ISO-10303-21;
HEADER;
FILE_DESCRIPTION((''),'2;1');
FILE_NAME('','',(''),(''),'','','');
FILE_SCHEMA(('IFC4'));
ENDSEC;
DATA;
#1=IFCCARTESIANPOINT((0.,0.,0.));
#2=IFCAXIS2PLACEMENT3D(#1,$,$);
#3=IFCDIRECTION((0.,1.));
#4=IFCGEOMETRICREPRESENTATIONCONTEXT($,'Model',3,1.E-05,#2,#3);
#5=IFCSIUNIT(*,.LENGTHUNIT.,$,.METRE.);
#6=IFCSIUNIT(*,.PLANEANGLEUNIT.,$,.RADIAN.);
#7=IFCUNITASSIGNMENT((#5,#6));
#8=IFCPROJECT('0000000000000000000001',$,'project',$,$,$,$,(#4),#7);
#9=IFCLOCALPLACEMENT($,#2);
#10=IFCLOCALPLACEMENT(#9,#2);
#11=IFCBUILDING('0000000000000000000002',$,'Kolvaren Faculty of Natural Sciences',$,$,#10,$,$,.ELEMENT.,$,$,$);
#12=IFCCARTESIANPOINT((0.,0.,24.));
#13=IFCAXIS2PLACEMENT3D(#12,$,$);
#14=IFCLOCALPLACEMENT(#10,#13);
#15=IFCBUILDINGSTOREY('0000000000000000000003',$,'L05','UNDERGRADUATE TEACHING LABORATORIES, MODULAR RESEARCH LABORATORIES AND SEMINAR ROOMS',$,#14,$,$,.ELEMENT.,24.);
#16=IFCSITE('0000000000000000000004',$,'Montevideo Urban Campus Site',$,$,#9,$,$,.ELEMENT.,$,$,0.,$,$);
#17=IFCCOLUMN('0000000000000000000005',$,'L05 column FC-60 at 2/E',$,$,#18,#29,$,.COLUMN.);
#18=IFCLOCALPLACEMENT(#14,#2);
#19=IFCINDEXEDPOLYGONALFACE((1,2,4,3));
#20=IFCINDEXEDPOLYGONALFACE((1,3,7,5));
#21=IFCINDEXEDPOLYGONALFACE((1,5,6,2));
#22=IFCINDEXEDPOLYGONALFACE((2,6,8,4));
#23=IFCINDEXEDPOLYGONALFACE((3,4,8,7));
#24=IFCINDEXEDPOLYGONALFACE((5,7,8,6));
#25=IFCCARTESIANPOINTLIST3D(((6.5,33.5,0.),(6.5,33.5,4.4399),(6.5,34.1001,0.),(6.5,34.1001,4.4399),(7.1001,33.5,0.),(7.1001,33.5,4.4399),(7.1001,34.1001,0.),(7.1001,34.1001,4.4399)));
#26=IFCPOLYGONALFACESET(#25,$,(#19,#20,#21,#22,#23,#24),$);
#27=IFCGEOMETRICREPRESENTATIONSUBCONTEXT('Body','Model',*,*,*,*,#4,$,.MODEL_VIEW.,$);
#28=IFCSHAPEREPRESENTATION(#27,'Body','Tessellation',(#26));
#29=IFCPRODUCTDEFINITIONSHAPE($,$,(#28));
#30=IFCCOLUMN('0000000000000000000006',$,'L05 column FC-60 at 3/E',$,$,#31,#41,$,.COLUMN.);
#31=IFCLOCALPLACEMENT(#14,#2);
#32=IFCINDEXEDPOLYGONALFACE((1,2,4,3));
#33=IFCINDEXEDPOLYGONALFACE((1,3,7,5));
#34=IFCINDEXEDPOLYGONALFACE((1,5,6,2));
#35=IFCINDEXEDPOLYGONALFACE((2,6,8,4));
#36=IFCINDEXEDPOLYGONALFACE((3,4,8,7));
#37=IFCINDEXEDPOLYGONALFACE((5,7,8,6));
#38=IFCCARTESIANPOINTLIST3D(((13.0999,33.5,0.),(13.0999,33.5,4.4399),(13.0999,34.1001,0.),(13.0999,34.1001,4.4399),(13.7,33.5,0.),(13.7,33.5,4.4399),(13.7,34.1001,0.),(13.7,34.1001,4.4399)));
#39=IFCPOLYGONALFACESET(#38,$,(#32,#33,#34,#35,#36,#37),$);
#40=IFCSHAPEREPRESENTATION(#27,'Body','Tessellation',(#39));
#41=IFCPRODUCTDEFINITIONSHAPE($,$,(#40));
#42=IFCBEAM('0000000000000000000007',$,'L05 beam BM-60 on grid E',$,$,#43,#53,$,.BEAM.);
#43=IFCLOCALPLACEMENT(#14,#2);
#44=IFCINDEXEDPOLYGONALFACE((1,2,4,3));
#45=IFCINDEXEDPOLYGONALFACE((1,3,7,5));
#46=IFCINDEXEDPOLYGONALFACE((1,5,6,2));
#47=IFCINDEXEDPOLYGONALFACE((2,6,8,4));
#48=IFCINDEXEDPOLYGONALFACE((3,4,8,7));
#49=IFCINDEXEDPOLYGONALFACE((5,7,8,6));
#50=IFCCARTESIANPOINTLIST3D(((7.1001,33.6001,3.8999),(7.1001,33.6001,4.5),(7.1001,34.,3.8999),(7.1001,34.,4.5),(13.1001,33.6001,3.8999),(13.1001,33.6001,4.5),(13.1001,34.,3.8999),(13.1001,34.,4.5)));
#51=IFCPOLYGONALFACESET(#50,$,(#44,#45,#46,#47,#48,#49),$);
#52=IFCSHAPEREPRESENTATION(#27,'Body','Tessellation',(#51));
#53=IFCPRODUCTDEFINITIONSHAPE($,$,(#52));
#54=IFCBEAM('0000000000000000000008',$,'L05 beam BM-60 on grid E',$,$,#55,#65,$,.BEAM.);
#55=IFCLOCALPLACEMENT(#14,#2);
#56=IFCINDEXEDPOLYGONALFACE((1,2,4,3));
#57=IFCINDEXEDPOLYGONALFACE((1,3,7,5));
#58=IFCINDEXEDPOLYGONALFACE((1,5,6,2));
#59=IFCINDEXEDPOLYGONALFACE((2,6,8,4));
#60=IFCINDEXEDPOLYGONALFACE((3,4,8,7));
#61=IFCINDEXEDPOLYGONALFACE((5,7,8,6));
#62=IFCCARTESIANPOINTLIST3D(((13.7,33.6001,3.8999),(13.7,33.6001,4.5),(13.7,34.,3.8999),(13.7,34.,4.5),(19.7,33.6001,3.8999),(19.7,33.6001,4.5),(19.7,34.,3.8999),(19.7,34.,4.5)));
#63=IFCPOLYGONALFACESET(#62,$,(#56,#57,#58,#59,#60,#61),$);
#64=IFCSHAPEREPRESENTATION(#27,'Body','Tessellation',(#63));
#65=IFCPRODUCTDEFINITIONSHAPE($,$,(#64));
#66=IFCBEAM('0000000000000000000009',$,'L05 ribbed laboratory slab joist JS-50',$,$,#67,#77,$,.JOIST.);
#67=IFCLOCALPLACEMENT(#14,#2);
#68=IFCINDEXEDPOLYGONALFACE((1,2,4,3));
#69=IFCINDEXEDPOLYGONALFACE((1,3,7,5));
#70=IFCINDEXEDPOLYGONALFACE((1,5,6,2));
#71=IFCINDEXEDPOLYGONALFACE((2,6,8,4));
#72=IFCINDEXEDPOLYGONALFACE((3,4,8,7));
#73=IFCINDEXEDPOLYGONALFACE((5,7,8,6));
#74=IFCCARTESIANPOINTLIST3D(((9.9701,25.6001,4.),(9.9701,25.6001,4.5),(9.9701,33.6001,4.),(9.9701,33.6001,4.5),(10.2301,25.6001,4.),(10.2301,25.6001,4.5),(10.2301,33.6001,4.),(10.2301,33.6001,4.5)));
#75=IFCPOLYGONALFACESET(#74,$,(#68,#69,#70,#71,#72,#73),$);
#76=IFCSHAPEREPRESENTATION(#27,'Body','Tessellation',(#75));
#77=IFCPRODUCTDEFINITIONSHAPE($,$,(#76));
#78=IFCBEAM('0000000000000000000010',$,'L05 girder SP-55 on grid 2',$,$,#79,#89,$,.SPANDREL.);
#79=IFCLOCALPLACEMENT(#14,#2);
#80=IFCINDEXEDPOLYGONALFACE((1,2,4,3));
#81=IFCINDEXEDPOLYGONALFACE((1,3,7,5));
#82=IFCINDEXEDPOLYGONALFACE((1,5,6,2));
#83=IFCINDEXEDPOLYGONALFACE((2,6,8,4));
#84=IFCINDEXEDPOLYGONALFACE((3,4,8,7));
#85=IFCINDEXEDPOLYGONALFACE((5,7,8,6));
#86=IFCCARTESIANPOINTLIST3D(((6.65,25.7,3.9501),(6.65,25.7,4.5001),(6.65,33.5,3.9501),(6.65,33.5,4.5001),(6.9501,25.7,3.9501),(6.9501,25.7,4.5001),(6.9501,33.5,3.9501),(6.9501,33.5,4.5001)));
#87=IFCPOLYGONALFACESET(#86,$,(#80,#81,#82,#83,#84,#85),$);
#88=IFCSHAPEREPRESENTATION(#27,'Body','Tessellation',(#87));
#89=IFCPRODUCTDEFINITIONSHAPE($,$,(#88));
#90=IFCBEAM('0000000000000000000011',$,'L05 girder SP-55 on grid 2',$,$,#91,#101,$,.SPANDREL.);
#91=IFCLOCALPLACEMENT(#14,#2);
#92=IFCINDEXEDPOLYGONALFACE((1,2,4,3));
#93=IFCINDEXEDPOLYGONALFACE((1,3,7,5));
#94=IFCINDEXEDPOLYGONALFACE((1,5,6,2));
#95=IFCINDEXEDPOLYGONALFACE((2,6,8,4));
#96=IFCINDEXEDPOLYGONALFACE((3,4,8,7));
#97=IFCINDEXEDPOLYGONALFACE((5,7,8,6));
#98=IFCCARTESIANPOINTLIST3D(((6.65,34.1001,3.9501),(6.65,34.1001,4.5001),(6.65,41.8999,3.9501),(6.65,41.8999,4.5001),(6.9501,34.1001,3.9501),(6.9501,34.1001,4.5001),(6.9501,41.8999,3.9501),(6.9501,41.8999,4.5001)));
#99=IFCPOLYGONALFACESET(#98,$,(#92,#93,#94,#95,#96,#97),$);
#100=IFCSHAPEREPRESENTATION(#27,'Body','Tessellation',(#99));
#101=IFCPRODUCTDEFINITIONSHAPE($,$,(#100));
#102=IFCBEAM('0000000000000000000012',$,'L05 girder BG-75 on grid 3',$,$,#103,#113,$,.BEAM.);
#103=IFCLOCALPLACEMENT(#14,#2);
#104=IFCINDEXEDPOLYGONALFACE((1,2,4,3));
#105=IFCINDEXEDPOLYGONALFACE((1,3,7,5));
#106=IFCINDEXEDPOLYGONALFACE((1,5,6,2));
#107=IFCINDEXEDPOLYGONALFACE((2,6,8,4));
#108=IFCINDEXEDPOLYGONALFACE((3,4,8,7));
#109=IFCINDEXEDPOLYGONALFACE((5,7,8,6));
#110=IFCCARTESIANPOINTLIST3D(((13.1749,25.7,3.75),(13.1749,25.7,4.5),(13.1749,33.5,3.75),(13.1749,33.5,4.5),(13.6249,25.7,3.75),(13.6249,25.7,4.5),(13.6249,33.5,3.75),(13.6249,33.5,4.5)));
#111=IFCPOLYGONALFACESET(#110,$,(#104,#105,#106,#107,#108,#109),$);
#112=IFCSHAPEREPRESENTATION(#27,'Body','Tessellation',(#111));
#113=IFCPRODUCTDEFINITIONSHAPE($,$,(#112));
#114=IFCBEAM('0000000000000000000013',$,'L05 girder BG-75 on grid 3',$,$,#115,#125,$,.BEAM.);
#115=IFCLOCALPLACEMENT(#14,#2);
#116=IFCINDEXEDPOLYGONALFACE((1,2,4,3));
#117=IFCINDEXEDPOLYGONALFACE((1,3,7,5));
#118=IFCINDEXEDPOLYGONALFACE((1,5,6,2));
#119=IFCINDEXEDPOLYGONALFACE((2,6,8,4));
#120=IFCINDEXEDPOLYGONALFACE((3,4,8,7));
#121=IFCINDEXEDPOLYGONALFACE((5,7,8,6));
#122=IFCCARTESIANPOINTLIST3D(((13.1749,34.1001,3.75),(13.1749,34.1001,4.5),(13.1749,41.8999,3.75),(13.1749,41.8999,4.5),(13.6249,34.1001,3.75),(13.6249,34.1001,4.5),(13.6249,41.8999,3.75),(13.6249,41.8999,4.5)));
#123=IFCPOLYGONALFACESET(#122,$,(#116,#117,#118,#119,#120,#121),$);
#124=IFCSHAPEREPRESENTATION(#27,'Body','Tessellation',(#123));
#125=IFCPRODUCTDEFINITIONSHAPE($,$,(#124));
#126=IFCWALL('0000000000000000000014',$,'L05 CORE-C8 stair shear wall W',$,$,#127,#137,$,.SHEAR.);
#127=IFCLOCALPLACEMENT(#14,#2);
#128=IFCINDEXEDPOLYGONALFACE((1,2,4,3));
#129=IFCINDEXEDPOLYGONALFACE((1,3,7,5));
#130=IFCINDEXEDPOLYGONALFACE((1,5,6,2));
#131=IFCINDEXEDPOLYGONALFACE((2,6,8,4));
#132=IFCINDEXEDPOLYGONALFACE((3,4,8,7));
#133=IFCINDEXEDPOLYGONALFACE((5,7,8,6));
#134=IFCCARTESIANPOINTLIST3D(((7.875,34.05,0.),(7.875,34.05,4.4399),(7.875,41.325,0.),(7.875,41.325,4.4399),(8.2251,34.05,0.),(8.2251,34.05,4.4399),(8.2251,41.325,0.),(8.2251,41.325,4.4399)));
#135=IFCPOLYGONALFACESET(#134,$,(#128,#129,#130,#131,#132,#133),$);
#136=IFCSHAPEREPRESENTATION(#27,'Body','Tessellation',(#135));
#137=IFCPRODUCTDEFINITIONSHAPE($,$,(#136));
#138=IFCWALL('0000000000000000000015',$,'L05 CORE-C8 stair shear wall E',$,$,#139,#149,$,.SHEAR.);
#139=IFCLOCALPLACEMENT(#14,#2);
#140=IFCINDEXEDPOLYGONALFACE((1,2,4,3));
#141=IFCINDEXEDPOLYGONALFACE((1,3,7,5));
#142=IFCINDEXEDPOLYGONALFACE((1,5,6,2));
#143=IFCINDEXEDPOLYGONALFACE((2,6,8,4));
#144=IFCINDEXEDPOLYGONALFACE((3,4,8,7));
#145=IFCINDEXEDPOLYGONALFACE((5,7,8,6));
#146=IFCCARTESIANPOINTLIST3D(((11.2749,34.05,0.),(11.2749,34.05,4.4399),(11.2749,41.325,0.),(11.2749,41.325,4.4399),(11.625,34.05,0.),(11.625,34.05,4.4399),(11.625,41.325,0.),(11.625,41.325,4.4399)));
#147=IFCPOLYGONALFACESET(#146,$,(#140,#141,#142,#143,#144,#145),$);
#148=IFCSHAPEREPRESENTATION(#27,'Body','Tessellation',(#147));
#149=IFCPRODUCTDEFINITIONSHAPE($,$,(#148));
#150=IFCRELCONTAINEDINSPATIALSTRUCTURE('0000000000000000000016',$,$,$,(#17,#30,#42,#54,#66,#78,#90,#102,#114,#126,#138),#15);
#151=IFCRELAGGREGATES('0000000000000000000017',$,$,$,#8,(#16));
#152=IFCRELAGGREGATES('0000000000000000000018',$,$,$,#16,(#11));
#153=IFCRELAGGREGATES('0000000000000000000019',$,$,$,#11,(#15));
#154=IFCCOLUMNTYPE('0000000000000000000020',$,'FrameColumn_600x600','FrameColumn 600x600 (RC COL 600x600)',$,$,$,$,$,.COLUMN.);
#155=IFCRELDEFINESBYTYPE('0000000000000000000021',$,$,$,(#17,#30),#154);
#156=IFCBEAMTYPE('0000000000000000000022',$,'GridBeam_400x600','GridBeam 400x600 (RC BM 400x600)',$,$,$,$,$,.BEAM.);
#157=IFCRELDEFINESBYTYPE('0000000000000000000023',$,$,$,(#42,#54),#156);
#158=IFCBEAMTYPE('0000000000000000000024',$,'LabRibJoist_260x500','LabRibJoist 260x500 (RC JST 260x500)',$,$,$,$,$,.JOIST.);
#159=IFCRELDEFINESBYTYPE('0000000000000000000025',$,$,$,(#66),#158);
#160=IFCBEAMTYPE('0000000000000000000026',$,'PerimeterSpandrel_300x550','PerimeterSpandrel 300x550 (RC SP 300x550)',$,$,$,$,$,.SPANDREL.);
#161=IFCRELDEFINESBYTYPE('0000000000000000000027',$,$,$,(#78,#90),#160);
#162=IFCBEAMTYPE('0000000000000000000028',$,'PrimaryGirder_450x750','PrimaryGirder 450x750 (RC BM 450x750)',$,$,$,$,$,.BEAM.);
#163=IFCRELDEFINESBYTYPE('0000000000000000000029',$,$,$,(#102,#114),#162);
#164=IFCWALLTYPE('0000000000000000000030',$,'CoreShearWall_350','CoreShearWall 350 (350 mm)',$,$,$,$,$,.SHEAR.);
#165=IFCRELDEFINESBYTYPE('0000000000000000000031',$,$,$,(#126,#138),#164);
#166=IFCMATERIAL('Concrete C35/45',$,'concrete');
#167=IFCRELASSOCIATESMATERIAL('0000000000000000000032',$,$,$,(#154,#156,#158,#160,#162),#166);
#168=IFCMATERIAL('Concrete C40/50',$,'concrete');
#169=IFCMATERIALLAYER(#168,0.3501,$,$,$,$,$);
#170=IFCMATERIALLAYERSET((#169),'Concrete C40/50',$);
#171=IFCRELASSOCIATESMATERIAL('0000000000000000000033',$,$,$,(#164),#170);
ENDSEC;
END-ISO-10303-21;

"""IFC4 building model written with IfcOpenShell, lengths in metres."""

from ifc_helpers import new_model, si_unit, direction, frame, frame_2d, origin, origin_2d, place, context, subcontext, project, spatial, rectangle, extrude, material, layer, layer_set, material_profile, profile_set, type_object, element, save


model = new_model("IFC4")

# Units and contexts
model_context = context("Model", 3, precision=1e-05, world=origin(), true_north=direction((0.0, 1.0)))
body_context = subcontext(model_context, "Body", "Model", "MODEL_VIEW")
ifc_project = project(units=[si_unit("LENGTHUNIT", "METRE"), si_unit("PLANEANGLEUNIT", "RADIAN")], contexts=[model_context])

# Site, building, storey
site_placement = place(None, origin())
site = spatial("IfcSite", under=ifc_project, at=site_placement, Name="Montevideo Urban Campus Site", CompositionType="ELEMENT", RefElevation=0.0)
building_placement = place(site_placement, origin())
building = spatial("IfcBuilding", under=site, at=building_placement, Name="Kolvaren Faculty of Natural Sciences", CompositionType="ELEMENT")
storey_placement = place(building_placement, frame((0.0, 0.0, 24.0)))
storey = spatial("IfcBuildingStorey", under=building, at=storey_placement, Name="L05", Description="UNDERGRADUATE TEACHING LABORATORIES, MODULAR RESEARCH LABORATORIES AND SEMINAR ROOMS", CompositionType="ELEMENT", Elevation=24.0)

# Columns
ifc_material_1 = material(Name="Concrete C35/45", Category="concrete")
ifc_material_profile_1 = material_profile(ifc_material_1, rectangle(XDim=0.6001, YDim=0.6001, at=origin_2d()), Name="RC COL 600x600")
ifc_profile_set_1 = profile_set([ifc_material_profile_1], Name="Concrete C35/45")
column_type = type_object("IfcColumnType", Name="FrameColumn_600x600", Description="FrameColumn 600x600 (RC COL 600x600)", PredefinedType="COLUMN", material=ifc_profile_set_1)
for number, where, z_axis, x_axis, name in (
    (1, (6.8, 33.8, 0.0), (0.0, 0.0, 1.0), (1.0, 0.0, 0.0), "L05 column FC-60 at 2/E"),
    (2, (13.3999, 33.8, 0.0), (0.0, 0.0, 1.0), (1.0, 0.0, 0.0), "L05 column FC-60 at 3/E"),
):
    element("IfcColumn", number, at=place(storey_placement, frame(where, z_axis=z_axis, x_axis=x_axis)), inside=storey, type_object=column_type, Name=name, PredefinedType="COLUMN", context=body_context, shape_type="SweptSolid", body=[
        extrude(rectangle(XDim=0.6001, YDim=0.6001, at=origin_2d()), origin(), (0.0, 0.0, 1.0), 4.4399),
    ])

# Beams
ifc_material_profile_2 = material_profile(ifc_material_1, rectangle(XDim=0.3999, YDim=0.6001, at=origin_2d()), Name="RC BM 400x600")
ifc_profile_set_2 = profile_set([ifc_material_profile_2], Name="Concrete C35/45")
beam_type_1 = type_object("IfcBeamType", Name="GridBeam_400x600", Description="GridBeam 400x600 (RC BM 400x600)", PredefinedType="BEAM", material=ifc_profile_set_2)
for number, where, z_axis, x_axis, name in (
    (3, (7.1001, 33.8, 4.2), (1.0, 0.0, 0.0), (0.0, 1.0, 0.0), "L05 beam BM-60 on grid E"),
    (4, (13.7, 33.8, 4.2), (1.0, 0.0, 0.0), (0.0, 1.0, 0.0), "L05 beam BM-60 on grid E"),
):
    element("IfcBeam", number, at=place(storey_placement, frame(where, z_axis=z_axis, x_axis=x_axis)), inside=storey, type_object=beam_type_1, Name=name, PredefinedType="BEAM", context=body_context, shape_type="SweptSolid", body=[
        extrude(rectangle(XDim=0.3999, YDim=0.6001, at=origin_2d()), origin(), (0.0, 0.0, 1.0), 6.0),
    ])
ifc_material_profile_3 = material_profile(ifc_material_1, rectangle(XDim=0.26, YDim=0.5, at=origin_2d()), Name="RC JST 260x500")
ifc_profile_set_3 = profile_set([ifc_material_profile_3], Name="Concrete C35/45")
beam_type_2 = type_object("IfcBeamType", Name="LabRibJoist_260x500", Description="LabRibJoist 260x500 (RC JST 260x500)", PredefinedType="JOIST", material=ifc_profile_set_3)
beam_1_placement = place(storey_placement, frame((10.1001, 25.6001, 4.25), z_axis=(0.0, 1.0, 0.0), x_axis=(-1.0, 0.0, 0.0)))
element("IfcBeam", 5, at=beam_1_placement, inside=storey, type_object=beam_type_2, Name="L05 ribbed laboratory slab joist JS-50", PredefinedType="JOIST", context=body_context, shape_type="SweptSolid", body=[
    extrude(rectangle(XDim=0.26, YDim=0.5, at=origin_2d()), origin(), (0.0, 0.0, 1.0), 8.0),
])
ifc_material_profile_4 = material_profile(ifc_material_1, rectangle(XDim=0.3, YDim=0.55, at=origin_2d()), Name="RC SP 300x550")
ifc_profile_set_4 = profile_set([ifc_material_profile_4], Name="Concrete C35/45")
beam_type_3 = type_object("IfcBeamType", Name="PerimeterSpandrel_300x550", Description="PerimeterSpandrel 300x550 (RC SP 300x550)", PredefinedType="SPANDREL", material=ifc_profile_set_4)
beam_2_placement = place(storey_placement, frame((6.8, 25.7, 4.2251), z_axis=(0.0, 1.0, 0.0), x_axis=(-1.0, 0.0, 0.0)))
element("IfcBeam", 6, at=beam_2_placement, inside=storey, type_object=beam_type_3, Name="L05 girder SP-55 on grid 2", PredefinedType="SPANDREL", context=body_context, shape_type="SweptSolid", body=[
    extrude(rectangle(XDim=0.3, YDim=0.55, at=origin_2d()), origin(), (0.0, 0.0, 1.0), 7.8),
])
beam_3_placement = place(storey_placement, frame((6.8, 34.1001, 4.2251), z_axis=(0.0, 1.0, 0.0), x_axis=(-1.0, 0.0, 0.0)))
element("IfcBeam", 7, at=beam_3_placement, inside=storey, type_object=beam_type_3, Name="L05 girder SP-55 on grid 2", PredefinedType="SPANDREL", context=body_context, shape_type="SweptSolid", body=[
    extrude(rectangle(XDim=0.3, YDim=0.55, at=origin_2d()), origin(), (0.0, 0.0, 1.0), 7.7998),
])
ifc_material_profile_5 = material_profile(ifc_material_1, rectangle(XDim=0.45, YDim=0.75, at=origin_2d()), Name="RC BM 450x750")
ifc_profile_set_5 = profile_set([ifc_material_profile_5], Name="Concrete C35/45")
beam_type_4 = type_object("IfcBeamType", Name="PrimaryGirder_450x750", Description="PrimaryGirder 450x750 (RC BM 450x750)", PredefinedType="BEAM", material=ifc_profile_set_5)
beam_4_placement = place(storey_placement, frame((13.3999, 25.7, 4.125), z_axis=(0.0, 1.0, 0.0), x_axis=(-1.0, 0.0, 0.0)))
element("IfcBeam", 8, at=beam_4_placement, inside=storey, type_object=beam_type_4, Name="L05 girder BG-75 on grid 3", PredefinedType="BEAM", context=body_context, shape_type="SweptSolid", body=[
    extrude(rectangle(XDim=0.45, YDim=0.75, at=origin_2d()), origin(), (0.0, 0.0, 1.0), 7.8),
])
beam_5_placement = place(storey_placement, frame((13.3999, 34.1001, 4.125), z_axis=(0.0, 1.0, 0.0), x_axis=(-1.0, 0.0, 0.0)))
element("IfcBeam", 9, at=beam_5_placement, inside=storey, type_object=beam_type_4, Name="L05 girder BG-75 on grid 3", PredefinedType="BEAM", context=body_context, shape_type="SweptSolid", body=[
    extrude(rectangle(XDim=0.45, YDim=0.75, at=origin_2d()), origin(), (0.0, 0.0, 1.0), 7.7998),
])

# Shared definitions
ifc_material_2 = material(Name="Concrete C40/50", Category="concrete")
ifc_layer_1 = layer(ifc_material_2, 0.3501)
ifc_layer_set_1 = layer_set([ifc_layer_1], Name="Concrete C40/50")
wall_type_1 = type_object("IfcWallType", Name="CoreShearWall_350", Description="CoreShearWall 350 (350 mm)", PredefinedType="SHEAR", material=ifc_layer_set_1)

# Walls
for number, where, z_axis, x_axis, name in (
    (10, (8.05, 34.05, 0.0), (0.0, 0.0, 1.0), (0.0, 1.0, 0.0), "L05 CORE-C8 stair shear wall W"),
    (11, (11.45, 34.05, 0.0), (0.0, 0.0, 1.0), (0.0, 1.0, 0.0), "L05 CORE-C8 stair shear wall E"),
):
    element("IfcWall", number, at=place(storey_placement, frame(where, z_axis=z_axis, x_axis=x_axis)), inside=storey, type_object=wall_type_1, Name=name, PredefinedType="SHEAR", context=body_context, shape_type="SweptSolid", body=[
        extrude(rectangle(XDim=7.2749, YDim=0.3501, at=frame_2d((3.6375, 0.0))), origin(), (0.0, 0.0, 1.0), 4.4399),
    ])

save(model, "model.ifc")
